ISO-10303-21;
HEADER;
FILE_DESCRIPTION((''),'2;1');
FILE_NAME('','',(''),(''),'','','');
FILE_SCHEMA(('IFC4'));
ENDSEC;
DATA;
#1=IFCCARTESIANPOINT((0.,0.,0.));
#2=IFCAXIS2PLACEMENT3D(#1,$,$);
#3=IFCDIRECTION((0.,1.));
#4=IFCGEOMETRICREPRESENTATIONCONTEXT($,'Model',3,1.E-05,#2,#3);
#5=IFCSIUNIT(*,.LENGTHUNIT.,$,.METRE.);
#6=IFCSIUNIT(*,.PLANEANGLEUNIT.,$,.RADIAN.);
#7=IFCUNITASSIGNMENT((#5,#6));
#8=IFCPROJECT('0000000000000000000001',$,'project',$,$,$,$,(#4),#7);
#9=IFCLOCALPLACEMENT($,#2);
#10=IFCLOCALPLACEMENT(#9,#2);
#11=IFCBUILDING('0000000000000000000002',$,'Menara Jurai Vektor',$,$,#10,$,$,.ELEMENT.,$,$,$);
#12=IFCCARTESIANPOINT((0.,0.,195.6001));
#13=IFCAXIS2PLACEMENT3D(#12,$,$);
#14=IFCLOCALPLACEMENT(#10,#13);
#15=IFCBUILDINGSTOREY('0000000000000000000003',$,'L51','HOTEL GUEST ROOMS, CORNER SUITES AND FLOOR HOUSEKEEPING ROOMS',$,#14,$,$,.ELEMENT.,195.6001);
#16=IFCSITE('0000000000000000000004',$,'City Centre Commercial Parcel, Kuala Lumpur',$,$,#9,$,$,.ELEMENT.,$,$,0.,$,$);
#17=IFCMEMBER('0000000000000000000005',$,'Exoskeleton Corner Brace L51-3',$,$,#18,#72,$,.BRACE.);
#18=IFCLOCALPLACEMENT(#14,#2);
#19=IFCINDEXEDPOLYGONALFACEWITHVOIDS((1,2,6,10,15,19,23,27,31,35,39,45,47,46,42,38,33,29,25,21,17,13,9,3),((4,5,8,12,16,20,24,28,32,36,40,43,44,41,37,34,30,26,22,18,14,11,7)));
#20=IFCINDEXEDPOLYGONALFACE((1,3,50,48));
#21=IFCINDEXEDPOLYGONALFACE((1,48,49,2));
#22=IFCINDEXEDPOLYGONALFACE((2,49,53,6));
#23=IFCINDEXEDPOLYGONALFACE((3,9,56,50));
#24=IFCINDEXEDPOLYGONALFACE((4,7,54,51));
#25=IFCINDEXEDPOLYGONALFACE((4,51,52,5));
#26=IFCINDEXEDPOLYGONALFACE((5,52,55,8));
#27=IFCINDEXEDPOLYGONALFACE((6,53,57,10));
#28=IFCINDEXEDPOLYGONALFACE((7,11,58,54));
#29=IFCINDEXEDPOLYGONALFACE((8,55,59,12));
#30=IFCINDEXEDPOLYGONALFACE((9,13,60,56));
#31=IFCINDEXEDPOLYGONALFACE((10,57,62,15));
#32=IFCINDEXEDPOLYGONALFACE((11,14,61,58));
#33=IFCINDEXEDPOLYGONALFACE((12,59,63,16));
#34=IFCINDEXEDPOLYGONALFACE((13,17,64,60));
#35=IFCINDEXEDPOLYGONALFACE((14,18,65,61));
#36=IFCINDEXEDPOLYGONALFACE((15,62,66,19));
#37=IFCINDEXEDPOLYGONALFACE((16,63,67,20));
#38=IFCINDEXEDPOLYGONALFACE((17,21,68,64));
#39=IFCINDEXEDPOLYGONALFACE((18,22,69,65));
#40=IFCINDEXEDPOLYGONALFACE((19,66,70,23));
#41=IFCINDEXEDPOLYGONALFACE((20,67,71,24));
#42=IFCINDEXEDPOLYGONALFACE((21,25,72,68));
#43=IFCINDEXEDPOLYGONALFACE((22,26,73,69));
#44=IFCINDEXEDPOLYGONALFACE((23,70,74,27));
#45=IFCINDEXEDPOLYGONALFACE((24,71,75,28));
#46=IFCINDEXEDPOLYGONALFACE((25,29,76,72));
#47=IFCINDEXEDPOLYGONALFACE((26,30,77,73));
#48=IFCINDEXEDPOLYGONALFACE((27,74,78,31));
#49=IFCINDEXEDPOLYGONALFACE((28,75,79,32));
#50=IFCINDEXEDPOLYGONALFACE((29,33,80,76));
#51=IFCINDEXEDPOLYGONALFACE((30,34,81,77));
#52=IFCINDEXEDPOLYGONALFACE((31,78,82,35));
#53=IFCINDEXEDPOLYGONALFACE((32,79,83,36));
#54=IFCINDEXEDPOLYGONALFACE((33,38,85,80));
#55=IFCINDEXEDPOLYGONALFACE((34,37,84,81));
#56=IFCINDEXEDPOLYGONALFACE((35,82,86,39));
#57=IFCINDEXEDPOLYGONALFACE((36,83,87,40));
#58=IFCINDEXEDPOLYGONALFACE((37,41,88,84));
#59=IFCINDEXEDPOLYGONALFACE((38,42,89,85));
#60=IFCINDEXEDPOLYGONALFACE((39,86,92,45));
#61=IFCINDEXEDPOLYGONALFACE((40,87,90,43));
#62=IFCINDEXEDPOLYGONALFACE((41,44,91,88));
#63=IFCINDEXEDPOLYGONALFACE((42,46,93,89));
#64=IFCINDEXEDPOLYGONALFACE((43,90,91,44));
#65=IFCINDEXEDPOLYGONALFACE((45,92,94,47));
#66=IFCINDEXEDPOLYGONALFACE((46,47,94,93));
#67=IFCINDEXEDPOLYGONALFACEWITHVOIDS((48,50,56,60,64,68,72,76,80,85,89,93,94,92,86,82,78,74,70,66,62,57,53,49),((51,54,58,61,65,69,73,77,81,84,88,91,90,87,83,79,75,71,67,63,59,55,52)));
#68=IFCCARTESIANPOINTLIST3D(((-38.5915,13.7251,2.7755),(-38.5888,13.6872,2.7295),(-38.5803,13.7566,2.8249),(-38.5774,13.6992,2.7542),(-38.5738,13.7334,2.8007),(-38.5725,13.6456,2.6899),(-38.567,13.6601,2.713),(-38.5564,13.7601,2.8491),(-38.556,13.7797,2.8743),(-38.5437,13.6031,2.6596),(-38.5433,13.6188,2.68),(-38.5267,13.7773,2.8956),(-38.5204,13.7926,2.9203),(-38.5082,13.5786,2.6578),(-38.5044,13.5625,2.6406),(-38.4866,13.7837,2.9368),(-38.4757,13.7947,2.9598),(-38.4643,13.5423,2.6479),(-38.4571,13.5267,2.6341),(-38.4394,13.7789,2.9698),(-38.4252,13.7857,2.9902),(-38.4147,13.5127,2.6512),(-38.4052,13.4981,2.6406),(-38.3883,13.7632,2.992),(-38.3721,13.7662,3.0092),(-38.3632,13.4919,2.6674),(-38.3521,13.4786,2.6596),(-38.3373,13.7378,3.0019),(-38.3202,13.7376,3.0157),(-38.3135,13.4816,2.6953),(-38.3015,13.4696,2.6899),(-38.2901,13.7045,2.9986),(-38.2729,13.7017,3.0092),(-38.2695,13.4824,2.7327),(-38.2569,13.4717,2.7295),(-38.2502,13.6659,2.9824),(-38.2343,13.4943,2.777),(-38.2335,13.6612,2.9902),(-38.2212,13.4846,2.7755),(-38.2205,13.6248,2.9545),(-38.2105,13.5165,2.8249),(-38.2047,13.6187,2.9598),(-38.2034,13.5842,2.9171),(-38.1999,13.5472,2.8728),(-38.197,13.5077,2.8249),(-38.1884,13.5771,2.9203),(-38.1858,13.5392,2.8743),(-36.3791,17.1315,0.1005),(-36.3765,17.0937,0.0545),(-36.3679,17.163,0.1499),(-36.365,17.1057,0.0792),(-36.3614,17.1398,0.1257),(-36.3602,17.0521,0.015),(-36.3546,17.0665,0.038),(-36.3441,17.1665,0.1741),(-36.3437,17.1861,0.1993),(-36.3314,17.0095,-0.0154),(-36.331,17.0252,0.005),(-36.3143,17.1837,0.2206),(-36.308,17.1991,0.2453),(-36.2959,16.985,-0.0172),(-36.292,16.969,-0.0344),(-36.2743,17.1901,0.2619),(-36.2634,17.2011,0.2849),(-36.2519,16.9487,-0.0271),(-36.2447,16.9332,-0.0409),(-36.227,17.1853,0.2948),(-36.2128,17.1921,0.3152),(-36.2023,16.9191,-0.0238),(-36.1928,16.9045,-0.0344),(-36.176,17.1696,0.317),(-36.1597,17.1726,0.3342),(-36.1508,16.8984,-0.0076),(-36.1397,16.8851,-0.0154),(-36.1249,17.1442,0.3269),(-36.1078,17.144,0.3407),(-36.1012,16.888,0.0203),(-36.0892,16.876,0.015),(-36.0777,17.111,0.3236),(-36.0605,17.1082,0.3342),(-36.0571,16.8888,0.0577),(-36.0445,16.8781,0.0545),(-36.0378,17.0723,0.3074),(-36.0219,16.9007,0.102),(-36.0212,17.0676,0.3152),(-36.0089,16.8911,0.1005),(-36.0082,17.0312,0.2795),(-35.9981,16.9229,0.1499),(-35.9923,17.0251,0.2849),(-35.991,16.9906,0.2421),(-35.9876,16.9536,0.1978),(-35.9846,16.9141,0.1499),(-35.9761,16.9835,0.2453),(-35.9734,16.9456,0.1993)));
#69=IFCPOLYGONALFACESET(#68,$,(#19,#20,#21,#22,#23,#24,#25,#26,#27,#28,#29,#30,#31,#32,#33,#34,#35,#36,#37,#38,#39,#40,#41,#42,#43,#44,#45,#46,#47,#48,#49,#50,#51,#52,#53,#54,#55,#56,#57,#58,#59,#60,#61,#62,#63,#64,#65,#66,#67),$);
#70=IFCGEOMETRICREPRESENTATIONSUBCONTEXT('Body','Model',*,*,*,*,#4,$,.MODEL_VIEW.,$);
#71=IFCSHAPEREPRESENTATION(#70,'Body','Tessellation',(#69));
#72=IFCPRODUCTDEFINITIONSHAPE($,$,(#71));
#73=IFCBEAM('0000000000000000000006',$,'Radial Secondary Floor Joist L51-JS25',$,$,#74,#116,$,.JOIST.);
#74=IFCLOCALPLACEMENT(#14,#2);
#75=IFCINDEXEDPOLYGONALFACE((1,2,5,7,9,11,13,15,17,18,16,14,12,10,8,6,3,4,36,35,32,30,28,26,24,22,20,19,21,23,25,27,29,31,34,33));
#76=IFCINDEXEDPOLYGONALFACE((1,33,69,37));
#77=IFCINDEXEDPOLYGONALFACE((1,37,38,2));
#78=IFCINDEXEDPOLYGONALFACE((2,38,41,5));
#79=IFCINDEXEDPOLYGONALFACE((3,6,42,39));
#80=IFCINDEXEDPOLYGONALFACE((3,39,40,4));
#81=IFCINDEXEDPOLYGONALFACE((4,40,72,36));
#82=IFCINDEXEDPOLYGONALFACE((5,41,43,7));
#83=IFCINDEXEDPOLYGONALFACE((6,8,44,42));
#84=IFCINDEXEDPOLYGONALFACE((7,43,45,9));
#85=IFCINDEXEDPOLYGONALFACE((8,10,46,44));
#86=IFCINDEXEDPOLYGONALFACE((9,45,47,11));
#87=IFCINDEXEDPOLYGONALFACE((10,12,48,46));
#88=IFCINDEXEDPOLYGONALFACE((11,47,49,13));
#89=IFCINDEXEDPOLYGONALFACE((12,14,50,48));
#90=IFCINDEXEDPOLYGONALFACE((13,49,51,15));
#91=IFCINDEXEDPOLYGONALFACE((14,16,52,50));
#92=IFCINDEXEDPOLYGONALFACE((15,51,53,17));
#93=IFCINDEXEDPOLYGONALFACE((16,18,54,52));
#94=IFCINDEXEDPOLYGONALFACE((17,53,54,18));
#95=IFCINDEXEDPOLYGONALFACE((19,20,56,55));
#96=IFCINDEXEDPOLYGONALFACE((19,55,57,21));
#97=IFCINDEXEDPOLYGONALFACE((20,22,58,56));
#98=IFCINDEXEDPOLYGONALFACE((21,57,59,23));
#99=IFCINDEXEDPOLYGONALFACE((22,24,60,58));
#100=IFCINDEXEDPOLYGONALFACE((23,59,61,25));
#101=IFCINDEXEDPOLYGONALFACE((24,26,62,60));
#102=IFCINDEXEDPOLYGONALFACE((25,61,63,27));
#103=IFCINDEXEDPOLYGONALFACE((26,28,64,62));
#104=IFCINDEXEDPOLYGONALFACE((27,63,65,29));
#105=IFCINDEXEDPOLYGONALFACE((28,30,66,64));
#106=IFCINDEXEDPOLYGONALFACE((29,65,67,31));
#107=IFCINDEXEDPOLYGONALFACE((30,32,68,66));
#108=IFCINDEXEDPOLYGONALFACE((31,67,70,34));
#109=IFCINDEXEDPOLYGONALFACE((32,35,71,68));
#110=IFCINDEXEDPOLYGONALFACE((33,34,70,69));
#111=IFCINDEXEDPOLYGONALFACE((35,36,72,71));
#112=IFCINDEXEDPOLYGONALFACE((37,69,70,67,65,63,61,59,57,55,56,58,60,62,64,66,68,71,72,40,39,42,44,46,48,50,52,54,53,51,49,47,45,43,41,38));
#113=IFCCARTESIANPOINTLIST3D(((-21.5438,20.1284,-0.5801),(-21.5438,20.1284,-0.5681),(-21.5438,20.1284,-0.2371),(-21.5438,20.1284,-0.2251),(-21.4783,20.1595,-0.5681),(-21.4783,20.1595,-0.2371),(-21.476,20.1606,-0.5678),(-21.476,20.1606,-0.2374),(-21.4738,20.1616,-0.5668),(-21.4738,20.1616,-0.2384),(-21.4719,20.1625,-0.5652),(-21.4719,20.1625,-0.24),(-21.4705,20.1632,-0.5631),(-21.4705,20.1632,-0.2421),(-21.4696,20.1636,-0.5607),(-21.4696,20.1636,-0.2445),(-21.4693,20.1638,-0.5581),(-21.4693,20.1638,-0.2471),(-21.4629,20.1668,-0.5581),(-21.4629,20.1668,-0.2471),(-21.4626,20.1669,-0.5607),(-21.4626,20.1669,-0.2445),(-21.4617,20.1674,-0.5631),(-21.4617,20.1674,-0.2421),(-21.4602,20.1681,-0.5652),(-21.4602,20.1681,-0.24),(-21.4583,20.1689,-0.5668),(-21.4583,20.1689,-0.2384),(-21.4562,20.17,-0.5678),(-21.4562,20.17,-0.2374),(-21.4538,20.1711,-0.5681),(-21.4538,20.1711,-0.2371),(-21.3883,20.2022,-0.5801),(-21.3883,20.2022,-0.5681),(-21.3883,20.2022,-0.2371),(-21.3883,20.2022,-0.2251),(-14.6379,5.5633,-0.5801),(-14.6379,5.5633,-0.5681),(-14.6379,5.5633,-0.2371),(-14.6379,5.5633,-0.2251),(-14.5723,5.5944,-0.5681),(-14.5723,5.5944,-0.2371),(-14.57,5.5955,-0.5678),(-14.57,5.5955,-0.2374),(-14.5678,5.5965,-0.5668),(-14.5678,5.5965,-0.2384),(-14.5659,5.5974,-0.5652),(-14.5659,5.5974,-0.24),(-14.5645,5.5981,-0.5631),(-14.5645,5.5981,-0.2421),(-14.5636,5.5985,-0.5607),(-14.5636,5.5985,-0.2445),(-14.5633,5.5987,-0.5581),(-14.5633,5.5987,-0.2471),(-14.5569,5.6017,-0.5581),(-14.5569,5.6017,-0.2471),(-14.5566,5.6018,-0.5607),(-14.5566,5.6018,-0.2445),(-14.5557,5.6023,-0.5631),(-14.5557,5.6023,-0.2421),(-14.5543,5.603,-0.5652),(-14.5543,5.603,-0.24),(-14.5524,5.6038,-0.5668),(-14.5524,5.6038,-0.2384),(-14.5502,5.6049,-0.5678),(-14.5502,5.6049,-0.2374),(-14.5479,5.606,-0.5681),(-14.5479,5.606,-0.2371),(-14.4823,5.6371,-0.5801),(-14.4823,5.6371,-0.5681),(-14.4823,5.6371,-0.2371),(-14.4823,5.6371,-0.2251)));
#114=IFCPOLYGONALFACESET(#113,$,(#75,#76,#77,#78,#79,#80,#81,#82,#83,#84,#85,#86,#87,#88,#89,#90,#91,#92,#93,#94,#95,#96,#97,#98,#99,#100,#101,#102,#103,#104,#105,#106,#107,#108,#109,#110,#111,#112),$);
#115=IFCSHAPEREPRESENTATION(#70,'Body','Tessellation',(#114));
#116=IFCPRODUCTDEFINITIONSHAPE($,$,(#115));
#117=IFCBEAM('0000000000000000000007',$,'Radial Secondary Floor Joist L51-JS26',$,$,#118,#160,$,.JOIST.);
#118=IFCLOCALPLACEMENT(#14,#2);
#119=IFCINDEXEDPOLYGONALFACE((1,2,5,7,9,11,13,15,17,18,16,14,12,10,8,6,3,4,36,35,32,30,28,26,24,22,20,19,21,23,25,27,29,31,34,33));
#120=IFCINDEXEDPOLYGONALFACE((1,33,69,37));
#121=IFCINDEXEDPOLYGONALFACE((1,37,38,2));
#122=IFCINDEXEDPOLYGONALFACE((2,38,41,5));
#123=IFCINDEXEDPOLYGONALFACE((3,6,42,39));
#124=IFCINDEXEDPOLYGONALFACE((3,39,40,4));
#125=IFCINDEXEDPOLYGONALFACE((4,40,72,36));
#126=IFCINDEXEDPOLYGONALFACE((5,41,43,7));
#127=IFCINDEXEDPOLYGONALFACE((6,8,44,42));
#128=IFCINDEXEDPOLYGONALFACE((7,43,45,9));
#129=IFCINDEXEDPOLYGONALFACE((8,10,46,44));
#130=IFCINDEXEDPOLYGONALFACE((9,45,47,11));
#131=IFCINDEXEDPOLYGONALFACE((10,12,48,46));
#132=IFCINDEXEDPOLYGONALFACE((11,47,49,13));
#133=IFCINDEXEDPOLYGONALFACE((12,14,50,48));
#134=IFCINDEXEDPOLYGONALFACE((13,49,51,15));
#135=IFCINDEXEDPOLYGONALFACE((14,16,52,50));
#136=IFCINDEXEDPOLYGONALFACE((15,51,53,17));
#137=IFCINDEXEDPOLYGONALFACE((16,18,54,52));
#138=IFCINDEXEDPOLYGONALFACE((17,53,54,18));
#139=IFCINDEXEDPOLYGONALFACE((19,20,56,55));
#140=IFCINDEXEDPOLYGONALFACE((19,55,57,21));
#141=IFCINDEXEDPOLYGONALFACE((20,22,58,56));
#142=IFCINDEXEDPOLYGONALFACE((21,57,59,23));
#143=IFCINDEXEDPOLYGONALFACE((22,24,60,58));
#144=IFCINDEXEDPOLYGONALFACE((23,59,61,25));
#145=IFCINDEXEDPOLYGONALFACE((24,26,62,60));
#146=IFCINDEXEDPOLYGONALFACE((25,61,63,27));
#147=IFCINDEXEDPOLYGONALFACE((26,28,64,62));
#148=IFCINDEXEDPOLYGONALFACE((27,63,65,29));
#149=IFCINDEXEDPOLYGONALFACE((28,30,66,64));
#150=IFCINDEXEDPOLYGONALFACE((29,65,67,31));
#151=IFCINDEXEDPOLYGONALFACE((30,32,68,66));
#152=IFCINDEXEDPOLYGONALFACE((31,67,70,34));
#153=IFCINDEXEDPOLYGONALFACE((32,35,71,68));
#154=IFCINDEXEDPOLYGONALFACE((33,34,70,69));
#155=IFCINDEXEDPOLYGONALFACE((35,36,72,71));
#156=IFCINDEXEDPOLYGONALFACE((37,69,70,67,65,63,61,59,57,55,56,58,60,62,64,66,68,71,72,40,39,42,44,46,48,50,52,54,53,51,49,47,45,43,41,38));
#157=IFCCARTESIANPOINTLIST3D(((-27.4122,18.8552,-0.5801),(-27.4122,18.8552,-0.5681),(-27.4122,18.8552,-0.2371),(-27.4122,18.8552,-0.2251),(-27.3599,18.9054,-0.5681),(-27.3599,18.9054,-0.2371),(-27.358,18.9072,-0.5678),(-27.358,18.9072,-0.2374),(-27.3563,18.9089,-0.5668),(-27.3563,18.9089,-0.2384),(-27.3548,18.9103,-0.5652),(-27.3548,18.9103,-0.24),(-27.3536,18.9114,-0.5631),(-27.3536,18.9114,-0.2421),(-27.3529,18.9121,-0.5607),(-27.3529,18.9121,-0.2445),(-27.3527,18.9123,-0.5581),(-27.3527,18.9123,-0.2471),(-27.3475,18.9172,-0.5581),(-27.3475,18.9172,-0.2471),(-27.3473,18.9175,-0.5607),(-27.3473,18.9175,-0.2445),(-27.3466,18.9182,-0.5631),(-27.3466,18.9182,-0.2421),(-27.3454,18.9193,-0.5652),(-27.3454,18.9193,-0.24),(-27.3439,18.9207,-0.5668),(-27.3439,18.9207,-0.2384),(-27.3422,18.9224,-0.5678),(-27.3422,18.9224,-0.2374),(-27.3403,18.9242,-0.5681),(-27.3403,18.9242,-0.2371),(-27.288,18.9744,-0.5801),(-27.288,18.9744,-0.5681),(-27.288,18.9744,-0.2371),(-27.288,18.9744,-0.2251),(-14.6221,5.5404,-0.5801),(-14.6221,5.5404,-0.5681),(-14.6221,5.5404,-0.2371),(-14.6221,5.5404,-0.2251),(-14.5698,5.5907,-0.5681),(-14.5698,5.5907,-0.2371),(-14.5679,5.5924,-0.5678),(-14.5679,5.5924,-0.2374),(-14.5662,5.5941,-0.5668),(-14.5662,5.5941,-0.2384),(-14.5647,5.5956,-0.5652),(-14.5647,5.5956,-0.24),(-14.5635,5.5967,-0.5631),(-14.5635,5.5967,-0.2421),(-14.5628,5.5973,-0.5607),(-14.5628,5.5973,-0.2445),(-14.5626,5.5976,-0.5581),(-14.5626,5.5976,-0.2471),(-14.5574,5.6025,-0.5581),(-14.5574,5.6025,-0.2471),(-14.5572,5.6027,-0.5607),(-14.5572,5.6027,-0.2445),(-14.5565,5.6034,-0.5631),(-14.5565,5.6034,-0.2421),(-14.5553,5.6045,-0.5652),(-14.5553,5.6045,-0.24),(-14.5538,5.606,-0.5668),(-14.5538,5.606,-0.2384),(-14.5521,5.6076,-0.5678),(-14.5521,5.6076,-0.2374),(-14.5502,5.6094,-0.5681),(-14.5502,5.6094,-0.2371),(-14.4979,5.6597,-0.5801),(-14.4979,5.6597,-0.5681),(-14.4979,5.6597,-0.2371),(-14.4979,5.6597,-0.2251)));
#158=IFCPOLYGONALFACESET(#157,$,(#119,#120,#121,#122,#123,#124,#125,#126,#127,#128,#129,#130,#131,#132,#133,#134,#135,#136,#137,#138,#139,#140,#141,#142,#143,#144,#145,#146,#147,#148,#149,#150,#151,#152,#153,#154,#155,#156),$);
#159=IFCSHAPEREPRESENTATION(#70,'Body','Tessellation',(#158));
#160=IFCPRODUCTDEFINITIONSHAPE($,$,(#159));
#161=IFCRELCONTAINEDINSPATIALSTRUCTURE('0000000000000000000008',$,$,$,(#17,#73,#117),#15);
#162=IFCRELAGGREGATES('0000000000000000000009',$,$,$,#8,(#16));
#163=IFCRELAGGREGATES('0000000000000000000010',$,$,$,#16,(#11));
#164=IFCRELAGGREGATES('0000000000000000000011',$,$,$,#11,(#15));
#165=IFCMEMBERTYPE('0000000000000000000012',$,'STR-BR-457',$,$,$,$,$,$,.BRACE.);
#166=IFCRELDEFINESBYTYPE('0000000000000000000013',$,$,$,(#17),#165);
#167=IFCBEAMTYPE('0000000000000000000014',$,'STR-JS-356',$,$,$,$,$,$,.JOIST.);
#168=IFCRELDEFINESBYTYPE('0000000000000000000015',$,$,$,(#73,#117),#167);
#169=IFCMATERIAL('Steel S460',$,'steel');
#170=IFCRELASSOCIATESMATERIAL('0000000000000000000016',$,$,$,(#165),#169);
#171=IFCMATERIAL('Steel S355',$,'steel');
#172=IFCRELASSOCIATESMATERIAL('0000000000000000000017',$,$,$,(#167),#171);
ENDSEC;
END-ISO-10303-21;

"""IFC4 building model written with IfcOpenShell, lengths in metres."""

from ifc_helpers import new_model, si_unit, direction, frame, origin, origin_2d, place, context, subcontext, project, spatial, hollow_circle, i_section, extrude, material, material_profile, profile_set, type_object, element, save


model = new_model("IFC4")

# Units and contexts
model_context = context("Model", 3, precision=1e-05, world=origin(), true_north=direction((0.0, 1.0)))
body_context = subcontext(model_context, "Body", "Model", "MODEL_VIEW")
ifc_project = project(units=[si_unit("LENGTHUNIT", "METRE"), si_unit("PLANEANGLEUNIT", "RADIAN")], contexts=[model_context])

# Site, building, storey
site_placement = place(None, origin())
site = spatial("IfcSite", under=ifc_project, at=site_placement, Name="City Centre Commercial Parcel, Kuala Lumpur", CompositionType="ELEMENT", RefElevation=0.0)
building_placement = place(site_placement, origin())
building = spatial("IfcBuilding", under=site, at=building_placement, Name="Menara Jurai Vektor", CompositionType="ELEMENT")
storey_placement = place(building_placement, frame((0.0, 0.0, 195.6001)))
storey = spatial("IfcBuildingStorey", under=building, at=storey_placement, Name="L51", Description="HOTEL GUEST ROOMS, CORNER SUITES AND FLOOR HOUSEKEEPING ROOMS", CompositionType="ELEMENT", Elevation=195.6001)

# Shared definitions
ifc_material_1 = material(Name="Steel S460", Category="steel")

# Shared definitions
ifc_material_2 = material(Name="Steel S355", Category="steel")

# Member
ifc_material_profile_1 = material_profile(ifc_material_1, hollow_circle(Radius=0.2285, WallThickness=0.0161, at=origin_2d()), Name="CHS 457x16")
ifc_profile_set_1 = profile_set([ifc_material_profile_1], Name="Steel S460")
member_type_1 = type_object("IfcMemberType", Name="STR-BR-457", PredefinedType="BRACE", material=ifc_profile_set_1)
member_1_placement = place(storey_placement, frame((-36.1763, 17.0386, 0.1499), z_axis=(-0.454888, -0.700403, 0.550012), x_axis=(0.838648, -0.544674, 0.0)))
element("IfcMember", 1, at=member_1_placement, inside=storey, type_object=member_type_1, Name="Exoskeleton Corner Brace L51-3", PredefinedType="BRACE", context=body_context, shape_type="SweptSolid", body=[
    extrude(hollow_circle(Radius=0.2285, WallThickness=0.0161, at=origin_2d()), origin(), (0.0, 0.0, 1.0), 4.8635),
])

# Beams
ifc_material_profile_2 = material_profile(ifc_material_2, i_section(OverallWidth=0.1721, OverallDepth=0.355, WebThickness=0.0071, FlangeThickness=0.012, FilletRadius=0.01, at=origin_2d()), Name="UKB 356x171x51")
ifc_profile_set_2 = profile_set([ifc_material_profile_2], Name="Steel S355")
beam_type_1 = type_object("IfcBeamType", Name="STR-JS-356", PredefinedType="JOIST", material=ifc_profile_set_2)
beam_1_placement = place(storey_placement, frame((-21.4661, 20.1653, -0.4026), z_axis=(0.428426, -0.903577, 0.0), x_axis=(0.903577, 0.428426, 0.0)))
element("IfcBeam", 2, at=beam_1_placement, inside=storey, type_object=beam_type_1, Name="Radial Secondary Floor Joist L51-JS25", PredefinedType="JOIST", context=body_context, shape_type="SweptSolid", body=[
    extrude(i_section(OverallWidth=0.1721, OverallDepth=0.355, WebThickness=0.0071, FlangeThickness=0.012, FilletRadius=0.01, at=origin_2d()), origin(), (0.0, 0.0, 1.0), 16.1194),
])
beam_2_placement = place(storey_placement, frame((-27.3501, 18.9148, -0.4026), z_axis=(0.692755, -0.721173, 0.0), x_axis=(0.721173, 0.692755, 0.0)))
element("IfcBeam", 3, at=beam_2_placement, inside=storey, type_object=beam_type_1, Name="Radial Secondary Floor Joist L51-JS26", PredefinedType="JOIST", context=body_context, shape_type="SweptSolid", body=[
    extrude(i_section(OverallWidth=0.1721, OverallDepth=0.355, WebThickness=0.0071, FlangeThickness=0.012, FilletRadius=0.01, at=origin_2d()), origin(), (0.0, 0.0, 1.0), 18.4626),
])

save(model, "model.ifc")
